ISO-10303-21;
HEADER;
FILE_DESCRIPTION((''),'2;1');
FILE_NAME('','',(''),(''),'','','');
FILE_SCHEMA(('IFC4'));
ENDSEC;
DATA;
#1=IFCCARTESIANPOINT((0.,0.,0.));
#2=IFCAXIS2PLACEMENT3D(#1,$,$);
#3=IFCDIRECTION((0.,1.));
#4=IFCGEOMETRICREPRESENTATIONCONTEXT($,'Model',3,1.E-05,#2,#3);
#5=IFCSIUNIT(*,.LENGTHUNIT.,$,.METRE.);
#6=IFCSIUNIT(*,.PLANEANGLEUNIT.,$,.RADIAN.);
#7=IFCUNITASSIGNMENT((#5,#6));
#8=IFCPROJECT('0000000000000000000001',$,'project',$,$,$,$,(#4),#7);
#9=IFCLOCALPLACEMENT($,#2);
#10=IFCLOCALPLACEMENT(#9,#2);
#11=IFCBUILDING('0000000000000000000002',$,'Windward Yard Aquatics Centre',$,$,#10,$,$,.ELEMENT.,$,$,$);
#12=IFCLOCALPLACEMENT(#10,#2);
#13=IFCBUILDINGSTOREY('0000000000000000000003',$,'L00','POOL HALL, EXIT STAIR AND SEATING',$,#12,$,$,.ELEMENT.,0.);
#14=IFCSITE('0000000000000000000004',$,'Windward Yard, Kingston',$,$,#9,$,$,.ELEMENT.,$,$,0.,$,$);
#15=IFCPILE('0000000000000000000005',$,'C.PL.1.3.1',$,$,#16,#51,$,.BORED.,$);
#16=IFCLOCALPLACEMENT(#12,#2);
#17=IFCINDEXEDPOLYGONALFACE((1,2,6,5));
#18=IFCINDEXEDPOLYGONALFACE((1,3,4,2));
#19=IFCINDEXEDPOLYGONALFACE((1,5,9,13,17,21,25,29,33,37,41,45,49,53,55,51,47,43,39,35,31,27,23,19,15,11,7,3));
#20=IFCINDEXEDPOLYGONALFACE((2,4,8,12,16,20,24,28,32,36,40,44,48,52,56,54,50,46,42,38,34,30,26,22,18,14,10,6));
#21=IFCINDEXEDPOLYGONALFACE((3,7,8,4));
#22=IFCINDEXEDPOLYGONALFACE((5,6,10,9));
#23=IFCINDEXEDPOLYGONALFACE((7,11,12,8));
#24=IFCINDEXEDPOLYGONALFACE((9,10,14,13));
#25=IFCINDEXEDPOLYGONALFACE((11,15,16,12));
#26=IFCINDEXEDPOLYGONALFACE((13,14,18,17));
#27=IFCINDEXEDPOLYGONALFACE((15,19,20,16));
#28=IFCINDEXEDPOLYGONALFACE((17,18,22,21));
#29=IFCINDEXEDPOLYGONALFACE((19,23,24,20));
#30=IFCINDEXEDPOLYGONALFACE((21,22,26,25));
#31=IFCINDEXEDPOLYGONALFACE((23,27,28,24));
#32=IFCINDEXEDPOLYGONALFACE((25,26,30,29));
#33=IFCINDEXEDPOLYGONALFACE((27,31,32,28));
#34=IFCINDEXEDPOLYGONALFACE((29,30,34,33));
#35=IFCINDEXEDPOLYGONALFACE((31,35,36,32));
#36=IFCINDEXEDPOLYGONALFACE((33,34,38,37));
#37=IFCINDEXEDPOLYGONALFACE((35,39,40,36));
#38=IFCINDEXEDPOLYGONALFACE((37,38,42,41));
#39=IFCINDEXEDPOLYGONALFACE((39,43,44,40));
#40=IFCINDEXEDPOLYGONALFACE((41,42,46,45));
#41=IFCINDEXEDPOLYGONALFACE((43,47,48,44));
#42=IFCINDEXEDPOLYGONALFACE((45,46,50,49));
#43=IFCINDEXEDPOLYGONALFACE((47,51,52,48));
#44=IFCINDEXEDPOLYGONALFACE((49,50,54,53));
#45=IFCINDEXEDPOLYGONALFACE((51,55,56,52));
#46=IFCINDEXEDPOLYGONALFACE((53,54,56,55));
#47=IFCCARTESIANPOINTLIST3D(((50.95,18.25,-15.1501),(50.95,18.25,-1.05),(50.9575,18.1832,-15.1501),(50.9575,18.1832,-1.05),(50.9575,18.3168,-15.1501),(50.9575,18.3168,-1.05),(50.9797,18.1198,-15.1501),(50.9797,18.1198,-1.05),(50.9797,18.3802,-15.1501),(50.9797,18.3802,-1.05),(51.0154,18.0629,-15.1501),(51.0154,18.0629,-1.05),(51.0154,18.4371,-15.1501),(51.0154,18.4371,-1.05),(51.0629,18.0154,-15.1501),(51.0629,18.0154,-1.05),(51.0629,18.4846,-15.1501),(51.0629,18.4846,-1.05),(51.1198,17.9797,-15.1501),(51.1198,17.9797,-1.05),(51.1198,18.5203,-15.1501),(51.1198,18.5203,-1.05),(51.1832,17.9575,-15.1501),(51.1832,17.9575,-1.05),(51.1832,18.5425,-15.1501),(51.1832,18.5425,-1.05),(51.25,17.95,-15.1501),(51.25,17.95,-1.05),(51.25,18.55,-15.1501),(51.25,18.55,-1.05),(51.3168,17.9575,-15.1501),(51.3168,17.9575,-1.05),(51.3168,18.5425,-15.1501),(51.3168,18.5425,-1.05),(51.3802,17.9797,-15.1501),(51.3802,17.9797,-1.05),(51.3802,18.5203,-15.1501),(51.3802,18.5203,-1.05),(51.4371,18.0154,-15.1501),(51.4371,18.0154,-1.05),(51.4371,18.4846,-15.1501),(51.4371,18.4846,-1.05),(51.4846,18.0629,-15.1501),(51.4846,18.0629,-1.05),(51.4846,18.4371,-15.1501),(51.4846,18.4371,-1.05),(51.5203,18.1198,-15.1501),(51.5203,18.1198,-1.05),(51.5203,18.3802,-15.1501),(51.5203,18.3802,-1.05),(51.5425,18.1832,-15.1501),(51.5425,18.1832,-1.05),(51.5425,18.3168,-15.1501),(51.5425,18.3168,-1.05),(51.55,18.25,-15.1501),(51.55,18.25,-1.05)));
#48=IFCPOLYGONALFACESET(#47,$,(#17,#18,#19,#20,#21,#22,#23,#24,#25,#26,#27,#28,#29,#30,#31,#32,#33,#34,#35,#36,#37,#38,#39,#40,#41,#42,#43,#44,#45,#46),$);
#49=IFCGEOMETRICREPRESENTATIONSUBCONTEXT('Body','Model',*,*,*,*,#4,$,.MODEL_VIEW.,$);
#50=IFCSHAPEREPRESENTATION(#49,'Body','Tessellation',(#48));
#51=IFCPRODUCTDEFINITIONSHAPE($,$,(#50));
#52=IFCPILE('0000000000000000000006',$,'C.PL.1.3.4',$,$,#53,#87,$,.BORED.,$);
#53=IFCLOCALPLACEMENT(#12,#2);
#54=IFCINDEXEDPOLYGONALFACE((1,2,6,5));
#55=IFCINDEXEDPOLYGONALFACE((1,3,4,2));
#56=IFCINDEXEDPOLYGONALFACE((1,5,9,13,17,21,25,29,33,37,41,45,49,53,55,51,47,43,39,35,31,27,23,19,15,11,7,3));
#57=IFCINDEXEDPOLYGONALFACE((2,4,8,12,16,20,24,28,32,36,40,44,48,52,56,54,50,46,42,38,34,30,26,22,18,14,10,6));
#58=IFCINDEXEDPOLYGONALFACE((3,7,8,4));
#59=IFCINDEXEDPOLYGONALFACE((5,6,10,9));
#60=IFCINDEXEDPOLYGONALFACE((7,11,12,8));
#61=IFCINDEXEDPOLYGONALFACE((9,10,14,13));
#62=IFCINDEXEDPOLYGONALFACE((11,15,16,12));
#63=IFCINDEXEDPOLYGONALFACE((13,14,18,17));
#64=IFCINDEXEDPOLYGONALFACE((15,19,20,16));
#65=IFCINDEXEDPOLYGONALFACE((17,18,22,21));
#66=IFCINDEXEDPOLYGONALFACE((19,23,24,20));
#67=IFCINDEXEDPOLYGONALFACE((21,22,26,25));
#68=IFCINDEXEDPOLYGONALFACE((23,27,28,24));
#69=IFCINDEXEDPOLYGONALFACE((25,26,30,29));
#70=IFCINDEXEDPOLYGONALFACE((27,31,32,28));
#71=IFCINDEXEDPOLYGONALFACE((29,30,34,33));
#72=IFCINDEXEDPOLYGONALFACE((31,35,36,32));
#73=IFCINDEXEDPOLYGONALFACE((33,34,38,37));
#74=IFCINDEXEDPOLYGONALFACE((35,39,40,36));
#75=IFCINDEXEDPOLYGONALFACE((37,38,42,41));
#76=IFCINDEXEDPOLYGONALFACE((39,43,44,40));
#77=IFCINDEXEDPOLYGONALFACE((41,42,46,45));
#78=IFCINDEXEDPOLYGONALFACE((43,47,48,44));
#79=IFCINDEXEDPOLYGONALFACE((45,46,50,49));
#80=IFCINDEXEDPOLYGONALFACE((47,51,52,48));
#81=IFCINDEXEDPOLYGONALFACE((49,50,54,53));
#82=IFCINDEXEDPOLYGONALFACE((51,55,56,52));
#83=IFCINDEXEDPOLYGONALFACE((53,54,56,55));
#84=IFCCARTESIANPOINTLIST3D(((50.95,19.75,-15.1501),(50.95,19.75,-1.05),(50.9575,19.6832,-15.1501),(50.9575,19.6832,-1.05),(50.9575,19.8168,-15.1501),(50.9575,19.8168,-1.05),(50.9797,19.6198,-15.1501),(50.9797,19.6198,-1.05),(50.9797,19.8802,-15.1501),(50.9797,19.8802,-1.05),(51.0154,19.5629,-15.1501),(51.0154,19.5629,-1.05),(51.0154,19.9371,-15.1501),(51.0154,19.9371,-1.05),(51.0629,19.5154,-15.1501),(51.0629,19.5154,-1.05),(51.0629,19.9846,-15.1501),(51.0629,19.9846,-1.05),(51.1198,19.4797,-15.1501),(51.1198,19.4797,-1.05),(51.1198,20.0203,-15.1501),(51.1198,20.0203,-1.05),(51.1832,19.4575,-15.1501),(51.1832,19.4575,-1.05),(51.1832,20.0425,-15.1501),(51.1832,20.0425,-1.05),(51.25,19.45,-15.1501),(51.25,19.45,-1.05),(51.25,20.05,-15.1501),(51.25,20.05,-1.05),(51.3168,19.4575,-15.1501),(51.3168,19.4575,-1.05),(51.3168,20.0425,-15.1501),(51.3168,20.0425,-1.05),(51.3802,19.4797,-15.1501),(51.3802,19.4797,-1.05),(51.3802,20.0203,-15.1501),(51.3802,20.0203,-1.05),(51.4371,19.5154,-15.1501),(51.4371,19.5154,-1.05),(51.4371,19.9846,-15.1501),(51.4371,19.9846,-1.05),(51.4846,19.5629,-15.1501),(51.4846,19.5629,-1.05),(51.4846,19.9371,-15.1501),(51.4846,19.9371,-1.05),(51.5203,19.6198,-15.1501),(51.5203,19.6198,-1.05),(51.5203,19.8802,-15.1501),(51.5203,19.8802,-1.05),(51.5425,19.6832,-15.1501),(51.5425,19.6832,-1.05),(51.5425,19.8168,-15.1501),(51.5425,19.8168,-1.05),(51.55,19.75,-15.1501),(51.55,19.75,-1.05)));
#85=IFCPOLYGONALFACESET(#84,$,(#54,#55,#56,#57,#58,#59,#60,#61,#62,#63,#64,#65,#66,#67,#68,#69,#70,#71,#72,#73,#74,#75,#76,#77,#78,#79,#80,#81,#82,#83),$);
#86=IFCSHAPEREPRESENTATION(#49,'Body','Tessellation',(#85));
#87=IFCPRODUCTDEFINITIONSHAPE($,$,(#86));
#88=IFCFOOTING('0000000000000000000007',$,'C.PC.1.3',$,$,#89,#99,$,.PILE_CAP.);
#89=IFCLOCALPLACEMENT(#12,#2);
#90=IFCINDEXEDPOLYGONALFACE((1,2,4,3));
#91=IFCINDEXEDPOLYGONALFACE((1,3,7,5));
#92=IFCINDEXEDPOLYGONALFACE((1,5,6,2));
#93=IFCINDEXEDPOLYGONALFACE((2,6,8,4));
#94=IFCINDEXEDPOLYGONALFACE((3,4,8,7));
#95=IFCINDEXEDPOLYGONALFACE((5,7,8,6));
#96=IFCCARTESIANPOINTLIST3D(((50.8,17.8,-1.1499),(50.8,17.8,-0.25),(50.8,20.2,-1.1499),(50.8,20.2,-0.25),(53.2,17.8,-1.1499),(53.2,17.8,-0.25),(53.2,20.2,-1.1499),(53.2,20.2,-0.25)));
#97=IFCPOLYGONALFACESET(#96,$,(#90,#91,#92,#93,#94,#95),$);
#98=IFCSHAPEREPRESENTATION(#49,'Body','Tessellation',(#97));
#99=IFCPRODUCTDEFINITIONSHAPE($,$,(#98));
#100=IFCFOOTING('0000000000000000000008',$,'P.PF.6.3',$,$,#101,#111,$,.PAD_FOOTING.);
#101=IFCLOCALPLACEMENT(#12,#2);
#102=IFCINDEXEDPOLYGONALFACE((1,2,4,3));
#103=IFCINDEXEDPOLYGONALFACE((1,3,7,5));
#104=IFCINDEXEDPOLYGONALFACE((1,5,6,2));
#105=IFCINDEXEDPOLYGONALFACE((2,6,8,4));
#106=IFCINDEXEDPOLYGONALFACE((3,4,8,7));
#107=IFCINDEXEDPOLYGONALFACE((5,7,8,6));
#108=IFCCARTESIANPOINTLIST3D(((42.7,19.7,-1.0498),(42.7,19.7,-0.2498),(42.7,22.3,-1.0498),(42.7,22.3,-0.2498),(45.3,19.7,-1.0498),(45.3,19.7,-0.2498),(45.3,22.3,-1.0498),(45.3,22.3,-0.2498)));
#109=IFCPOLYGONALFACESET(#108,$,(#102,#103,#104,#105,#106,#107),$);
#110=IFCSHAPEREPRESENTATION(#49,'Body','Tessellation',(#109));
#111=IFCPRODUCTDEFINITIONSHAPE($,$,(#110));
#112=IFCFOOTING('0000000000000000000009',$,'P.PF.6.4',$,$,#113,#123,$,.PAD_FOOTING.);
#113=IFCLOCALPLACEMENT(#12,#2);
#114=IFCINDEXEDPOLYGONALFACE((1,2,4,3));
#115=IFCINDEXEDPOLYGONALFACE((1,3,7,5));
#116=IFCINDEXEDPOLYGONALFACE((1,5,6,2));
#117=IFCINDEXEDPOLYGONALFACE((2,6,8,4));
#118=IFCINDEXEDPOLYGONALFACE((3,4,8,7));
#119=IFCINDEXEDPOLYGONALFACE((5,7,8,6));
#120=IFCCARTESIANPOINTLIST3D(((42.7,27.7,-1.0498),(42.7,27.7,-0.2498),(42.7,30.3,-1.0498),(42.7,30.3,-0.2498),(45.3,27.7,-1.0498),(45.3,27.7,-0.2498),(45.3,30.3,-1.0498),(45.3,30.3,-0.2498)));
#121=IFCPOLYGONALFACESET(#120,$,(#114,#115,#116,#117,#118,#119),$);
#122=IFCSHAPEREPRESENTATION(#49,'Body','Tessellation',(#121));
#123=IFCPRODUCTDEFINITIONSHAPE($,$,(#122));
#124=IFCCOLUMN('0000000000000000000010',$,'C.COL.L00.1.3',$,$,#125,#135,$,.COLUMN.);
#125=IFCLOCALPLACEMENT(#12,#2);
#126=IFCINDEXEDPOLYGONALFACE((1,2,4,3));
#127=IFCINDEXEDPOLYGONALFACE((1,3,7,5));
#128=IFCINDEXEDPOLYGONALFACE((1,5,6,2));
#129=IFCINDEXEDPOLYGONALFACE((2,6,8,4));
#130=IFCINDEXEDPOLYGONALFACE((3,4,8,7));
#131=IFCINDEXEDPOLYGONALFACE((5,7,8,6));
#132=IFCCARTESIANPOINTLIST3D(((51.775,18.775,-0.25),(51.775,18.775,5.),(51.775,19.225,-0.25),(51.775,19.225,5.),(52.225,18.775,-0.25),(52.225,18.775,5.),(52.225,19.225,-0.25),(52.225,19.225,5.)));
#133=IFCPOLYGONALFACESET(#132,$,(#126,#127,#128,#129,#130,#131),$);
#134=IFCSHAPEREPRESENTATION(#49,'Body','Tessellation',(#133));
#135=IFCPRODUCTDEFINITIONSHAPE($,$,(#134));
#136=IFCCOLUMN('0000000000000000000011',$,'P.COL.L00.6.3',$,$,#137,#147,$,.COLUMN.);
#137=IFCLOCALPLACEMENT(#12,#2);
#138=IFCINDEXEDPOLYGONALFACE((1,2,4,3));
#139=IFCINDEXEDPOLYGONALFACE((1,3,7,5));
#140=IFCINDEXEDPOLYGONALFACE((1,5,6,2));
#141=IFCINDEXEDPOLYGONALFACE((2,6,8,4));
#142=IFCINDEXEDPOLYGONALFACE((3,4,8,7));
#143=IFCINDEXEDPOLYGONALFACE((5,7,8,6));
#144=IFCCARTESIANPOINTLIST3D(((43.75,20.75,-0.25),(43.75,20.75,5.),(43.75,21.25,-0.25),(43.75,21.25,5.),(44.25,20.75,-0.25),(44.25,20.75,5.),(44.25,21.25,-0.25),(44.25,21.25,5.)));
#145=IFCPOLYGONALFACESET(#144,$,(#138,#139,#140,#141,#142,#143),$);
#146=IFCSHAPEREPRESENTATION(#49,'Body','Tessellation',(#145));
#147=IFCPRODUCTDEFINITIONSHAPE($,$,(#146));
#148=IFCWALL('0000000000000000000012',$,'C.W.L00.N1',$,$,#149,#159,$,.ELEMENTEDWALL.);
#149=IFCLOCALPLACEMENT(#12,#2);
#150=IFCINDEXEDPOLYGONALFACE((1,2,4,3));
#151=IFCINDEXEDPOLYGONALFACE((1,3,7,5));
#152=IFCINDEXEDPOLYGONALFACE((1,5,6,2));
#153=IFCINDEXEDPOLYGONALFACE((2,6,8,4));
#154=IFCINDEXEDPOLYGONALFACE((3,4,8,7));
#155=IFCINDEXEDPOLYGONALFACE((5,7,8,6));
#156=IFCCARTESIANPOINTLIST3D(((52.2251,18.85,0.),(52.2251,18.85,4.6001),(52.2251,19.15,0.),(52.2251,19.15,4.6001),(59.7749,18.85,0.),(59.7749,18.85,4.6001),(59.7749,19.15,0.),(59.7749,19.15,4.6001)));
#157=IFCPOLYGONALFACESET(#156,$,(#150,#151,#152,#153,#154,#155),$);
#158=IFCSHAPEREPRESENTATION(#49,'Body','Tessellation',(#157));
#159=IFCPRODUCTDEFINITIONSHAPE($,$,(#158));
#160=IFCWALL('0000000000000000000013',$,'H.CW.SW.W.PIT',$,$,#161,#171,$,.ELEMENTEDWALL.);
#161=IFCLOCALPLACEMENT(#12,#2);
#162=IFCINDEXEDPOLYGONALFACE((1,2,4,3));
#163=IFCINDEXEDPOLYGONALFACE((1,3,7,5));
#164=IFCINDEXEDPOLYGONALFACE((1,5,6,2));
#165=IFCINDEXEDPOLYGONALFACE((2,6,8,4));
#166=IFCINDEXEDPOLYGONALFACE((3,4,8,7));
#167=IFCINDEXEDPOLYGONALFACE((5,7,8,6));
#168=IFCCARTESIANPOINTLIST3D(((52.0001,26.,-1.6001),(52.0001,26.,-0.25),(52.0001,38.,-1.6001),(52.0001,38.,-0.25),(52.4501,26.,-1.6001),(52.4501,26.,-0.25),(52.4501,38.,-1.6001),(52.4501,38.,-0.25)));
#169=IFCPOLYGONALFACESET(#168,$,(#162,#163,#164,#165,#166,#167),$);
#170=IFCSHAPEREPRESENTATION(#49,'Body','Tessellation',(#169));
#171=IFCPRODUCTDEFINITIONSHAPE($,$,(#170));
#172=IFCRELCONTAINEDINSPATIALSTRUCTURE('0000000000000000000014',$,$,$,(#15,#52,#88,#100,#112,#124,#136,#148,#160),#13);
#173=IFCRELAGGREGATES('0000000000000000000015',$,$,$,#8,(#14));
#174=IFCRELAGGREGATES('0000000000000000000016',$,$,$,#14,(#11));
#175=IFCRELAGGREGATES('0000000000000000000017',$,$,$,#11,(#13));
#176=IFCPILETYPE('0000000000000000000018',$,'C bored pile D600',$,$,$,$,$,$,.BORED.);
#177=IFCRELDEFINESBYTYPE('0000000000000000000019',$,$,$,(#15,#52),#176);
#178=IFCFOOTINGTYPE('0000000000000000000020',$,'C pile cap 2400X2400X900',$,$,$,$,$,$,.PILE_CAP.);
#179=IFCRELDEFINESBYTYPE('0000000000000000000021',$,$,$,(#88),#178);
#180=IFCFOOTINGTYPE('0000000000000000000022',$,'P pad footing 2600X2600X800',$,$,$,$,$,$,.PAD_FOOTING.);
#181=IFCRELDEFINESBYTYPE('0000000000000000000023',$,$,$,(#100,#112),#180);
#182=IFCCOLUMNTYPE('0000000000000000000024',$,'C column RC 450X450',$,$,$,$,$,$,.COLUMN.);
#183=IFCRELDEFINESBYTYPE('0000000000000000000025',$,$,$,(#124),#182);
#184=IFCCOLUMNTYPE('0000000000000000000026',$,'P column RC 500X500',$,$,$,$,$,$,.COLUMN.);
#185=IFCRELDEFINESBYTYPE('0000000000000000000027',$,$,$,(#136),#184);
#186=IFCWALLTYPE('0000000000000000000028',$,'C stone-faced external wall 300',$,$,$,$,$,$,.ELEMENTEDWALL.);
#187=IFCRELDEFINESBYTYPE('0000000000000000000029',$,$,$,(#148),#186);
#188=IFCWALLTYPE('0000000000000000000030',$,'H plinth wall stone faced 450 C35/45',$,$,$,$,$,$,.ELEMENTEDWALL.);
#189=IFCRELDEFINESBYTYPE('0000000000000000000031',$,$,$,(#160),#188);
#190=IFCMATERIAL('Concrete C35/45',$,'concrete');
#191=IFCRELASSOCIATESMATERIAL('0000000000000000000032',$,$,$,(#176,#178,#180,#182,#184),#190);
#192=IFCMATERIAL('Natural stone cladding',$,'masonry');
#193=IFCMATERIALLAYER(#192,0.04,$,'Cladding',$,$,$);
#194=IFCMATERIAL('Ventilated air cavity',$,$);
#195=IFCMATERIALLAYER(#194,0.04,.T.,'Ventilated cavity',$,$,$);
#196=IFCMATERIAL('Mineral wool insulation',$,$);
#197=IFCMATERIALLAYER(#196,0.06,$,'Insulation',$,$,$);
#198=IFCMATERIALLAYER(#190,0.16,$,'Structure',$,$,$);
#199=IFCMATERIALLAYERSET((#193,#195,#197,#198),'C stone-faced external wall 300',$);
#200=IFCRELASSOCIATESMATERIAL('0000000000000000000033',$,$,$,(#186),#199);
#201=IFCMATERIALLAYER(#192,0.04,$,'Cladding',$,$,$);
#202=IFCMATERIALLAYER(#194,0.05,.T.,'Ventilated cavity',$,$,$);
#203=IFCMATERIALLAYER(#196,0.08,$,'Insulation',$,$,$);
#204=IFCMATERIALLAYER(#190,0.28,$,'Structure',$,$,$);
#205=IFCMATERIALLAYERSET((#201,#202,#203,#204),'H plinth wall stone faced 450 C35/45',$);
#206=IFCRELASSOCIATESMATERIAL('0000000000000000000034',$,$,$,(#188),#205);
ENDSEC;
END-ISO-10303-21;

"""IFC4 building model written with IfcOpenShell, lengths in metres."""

from ifc_helpers import new_model, si_unit, direction, frame, frame_2d, origin, origin_2d, place, context, subcontext, project, spatial, rectangle, circle, extrude, material, layer, layer_set, material_profile, profile_set, type_object, element, save


model = new_model("IFC4")

# Units and contexts
model_context = context("Model", 3, precision=1e-05, world=origin(), true_north=direction((0.0, 1.0)))
body_context = subcontext(model_context, "Body", "Model", "MODEL_VIEW")
ifc_project = project(units=[si_unit("LENGTHUNIT", "METRE"), si_unit("PLANEANGLEUNIT", "RADIAN")], contexts=[model_context])

# Site, building, storey
site_placement = place(None, origin())
site = spatial("IfcSite", under=ifc_project, at=site_placement, Name="Windward Yard, Kingston", CompositionType="ELEMENT", RefElevation=0.0)
building_placement = place(site_placement, origin())
building = spatial("IfcBuilding", under=site, at=building_placement, Name="Windward Yard Aquatics Centre", CompositionType="ELEMENT")
storey_placement = place(building_placement, origin())
storey = spatial("IfcBuildingStorey", under=building, at=storey_placement, Name="L00", Description="POOL HALL, EXIT STAIR AND SEATING", CompositionType="ELEMENT", Elevation=0.0)

# Piles
ifc_material_1 = material(Name="Concrete C35/45", Category="concrete")
ifc_material_profile_1 = material_profile(ifc_material_1, circle(Radius=0.3, at=origin_2d()), Name="RC D600")
ifc_profile_set_1 = profile_set([ifc_material_profile_1], Name="Concrete C35/45")
pile_type = type_object("IfcPileType", Name="C bored pile D600", PredefinedType="BORED", material=ifc_profile_set_1)
for number, where, z_axis, x_axis, name in (
    (1, (51.25, 18.25, -1.05), (0.0, 0.0, -1.0), (1.0, 0.0, 0.0), "C.PL.1.3.1"),
    (2, (51.25, 19.75, -1.05), (0.0, 0.0, -1.0), (1.0, 0.0, 0.0), "C.PL.1.3.4"),
):
    element("IfcPile", number, at=place(storey_placement, frame(where, z_axis=z_axis, x_axis=x_axis)), inside=storey, type_object=pile_type, Name=name, PredefinedType="BORED", context=body_context, shape_type="SweptSolid", body=[
        extrude(circle(Radius=0.3, at=origin_2d()), origin(), (0.0, 0.0, 1.0), 14.1001),
    ])

# Footings
footing_type_1 = type_object("IfcFootingType", Name="C pile cap 2400X2400X900", PredefinedType="PILE_CAP", material=ifc_material_1)
footing_placement = place(storey_placement, frame((52.0, 19.0, -1.1499), z_axis=(0.0, 0.0, 1.0), x_axis=(1.0, 0.0, 0.0)))
element("IfcFooting", 3, at=footing_placement, inside=storey, type_object=footing_type_1, Name="C.PC.1.3", PredefinedType="PILE_CAP", context=body_context, shape_type="SweptSolid", body=[
    extrude(rectangle(XDim=2.3999, YDim=2.3999, at=origin_2d()), origin(), (0.0, 0.0, 1.0), 0.8999),
])
footing_type_2 = type_object("IfcFootingType", Name="P pad footing 2600X2600X800", PredefinedType="PAD_FOOTING", material=ifc_material_1)
for number, where, z_axis, x_axis, name in (
    (4, (44.0, 21.0, -1.0498), (0.0, 0.0, 1.0), (1.0, 0.0, 0.0), "P.PF.6.3"),
    (5, (44.0, 29.0, -1.0498), (0.0, 0.0, 1.0), (1.0, 0.0, 0.0), "P.PF.6.4"),
):
    element("IfcFooting", number, at=place(storey_placement, frame(where, z_axis=z_axis, x_axis=x_axis)), inside=storey, type_object=footing_type_2, Name=name, PredefinedType="PAD_FOOTING", context=body_context, shape_type="SweptSolid", body=[
        extrude(rectangle(XDim=2.6001, YDim=2.6001, at=origin_2d()), origin(), (0.0, 0.0, 1.0), 0.8),
    ])

# Columns
ifc_material_profile_2 = material_profile(ifc_material_1, rectangle(XDim=0.45, YDim=0.45, at=origin_2d()), Name="RC 450X450")
ifc_profile_set_2 = profile_set([ifc_material_profile_2], Name="Concrete C35/45")
column_type_1 = type_object("IfcColumnType", Name="C column RC 450X450", PredefinedType="COLUMN", material=ifc_profile_set_2)
column_1_placement = place(storey_placement, frame((52.0, 19.0, -0.25), z_axis=(0.0, 0.0, 1.0), x_axis=(1.0, 0.0, 0.0)))
element("IfcColumn", 6, at=column_1_placement, inside=storey, type_object=column_type_1, Name="C.COL.L00.1.3", PredefinedType="COLUMN", context=body_context, shape_type="SweptSolid", body=[
    extrude(rectangle(XDim=0.45, YDim=0.45, at=origin_2d()), origin(), (0.0, 0.0, 1.0), 5.25),
])
ifc_material_profile_3 = material_profile(ifc_material_1, rectangle(XDim=0.5, YDim=0.5, at=origin_2d()), Name="RC 500X500")
ifc_profile_set_3 = profile_set([ifc_material_profile_3], Name="Concrete C35/45")
column_type_2 = type_object("IfcColumnType", Name="P column RC 500X500", PredefinedType="COLUMN", material=ifc_profile_set_3)
column_2_placement = place(storey_placement, frame((44.0, 21.0, -0.25), z_axis=(0.0, 0.0, 1.0), x_axis=(1.0, 0.0, 0.0)))
element("IfcColumn", 7, at=column_2_placement, inside=storey, type_object=column_type_2, Name="P.COL.L00.6.3", PredefinedType="COLUMN", context=body_context, shape_type="SweptSolid", body=[
    extrude(rectangle(XDim=0.5, YDim=0.5, at=origin_2d()), origin(), (0.0, 0.0, 1.0), 5.25),
])

# Walls
ifc_material_2 = material(Name="Natural stone cladding", Category="masonry")
ifc_layer_1 = layer(ifc_material_2, 0.04, Name="Cladding")
ifc_material_3 = material(Name="Ventilated air cavity")
ifc_layer_2 = layer(ifc_material_3, 0.04, ventilated=True, Name="Ventilated cavity")
ifc_material_4 = material(Name="Mineral wool insulation")
ifc_layer_3 = layer(ifc_material_4, 0.06, Name="Insulation")
ifc_layer_4 = layer(ifc_material_1, 0.16, Name="Structure")
ifc_layer_set_1 = layer_set([ifc_layer_1, ifc_layer_2, ifc_layer_3, ifc_layer_4], Name="C stone-faced external wall 300")
wall_type_1 = type_object("IfcWallType", Name="C stone-faced external wall 300", PredefinedType="ELEMENTEDWALL", material=ifc_layer_set_1)
wall_1_placement = place(storey_placement, frame((52.2251, 19.0, 0.0), z_axis=(0.0, 0.0, 1.0), x_axis=(1.0, 0.0, 0.0)))
element("IfcWall", 8, at=wall_1_placement, inside=storey, type_object=wall_type_1, Name="C.W.L00.N1", PredefinedType="ELEMENTEDWALL", context=body_context, shape_type="SweptSolid", body=[
    extrude(rectangle(XDim=7.5498, YDim=0.3, at=frame_2d((3.7749, 0.0))), origin(), (0.0, 0.0, 1.0), 4.6001),
])
ifc_layer_5 = layer(ifc_material_2, 0.04, Name="Cladding")
ifc_layer_6 = layer(ifc_material_3, 0.05, ventilated=True, Name="Ventilated cavity")
ifc_layer_7 = layer(ifc_material_4, 0.08, Name="Insulation")
ifc_layer_8 = layer(ifc_material_1, 0.28, Name="Structure")
ifc_layer_set_2 = layer_set([ifc_layer_5, ifc_layer_6, ifc_layer_7, ifc_layer_8], Name="H plinth wall stone faced 450 C35/45")
wall_type_2 = type_object("IfcWallType", Name="H plinth wall stone faced 450 C35/45", PredefinedType="ELEMENTEDWALL", material=ifc_layer_set_2)
wall_2_placement = place(storey_placement, frame((52.2251, 26.0, -1.6001), z_axis=(0.0, 0.0, 1.0), x_axis=(0.0, 1.0, 0.0)))
element("IfcWall", 9, at=wall_2_placement, inside=storey, type_object=wall_type_2, Name="H.CW.SW.W.PIT", PredefinedType="ELEMENTEDWALL", context=body_context, shape_type="SweptSolid", body=[
    extrude(rectangle(XDim=12.0, YDim=0.45, at=frame_2d((6.0, 0.0))), origin(), (0.0, 0.0, 1.0), 1.3501),
])

save(model, "model.ifc")
